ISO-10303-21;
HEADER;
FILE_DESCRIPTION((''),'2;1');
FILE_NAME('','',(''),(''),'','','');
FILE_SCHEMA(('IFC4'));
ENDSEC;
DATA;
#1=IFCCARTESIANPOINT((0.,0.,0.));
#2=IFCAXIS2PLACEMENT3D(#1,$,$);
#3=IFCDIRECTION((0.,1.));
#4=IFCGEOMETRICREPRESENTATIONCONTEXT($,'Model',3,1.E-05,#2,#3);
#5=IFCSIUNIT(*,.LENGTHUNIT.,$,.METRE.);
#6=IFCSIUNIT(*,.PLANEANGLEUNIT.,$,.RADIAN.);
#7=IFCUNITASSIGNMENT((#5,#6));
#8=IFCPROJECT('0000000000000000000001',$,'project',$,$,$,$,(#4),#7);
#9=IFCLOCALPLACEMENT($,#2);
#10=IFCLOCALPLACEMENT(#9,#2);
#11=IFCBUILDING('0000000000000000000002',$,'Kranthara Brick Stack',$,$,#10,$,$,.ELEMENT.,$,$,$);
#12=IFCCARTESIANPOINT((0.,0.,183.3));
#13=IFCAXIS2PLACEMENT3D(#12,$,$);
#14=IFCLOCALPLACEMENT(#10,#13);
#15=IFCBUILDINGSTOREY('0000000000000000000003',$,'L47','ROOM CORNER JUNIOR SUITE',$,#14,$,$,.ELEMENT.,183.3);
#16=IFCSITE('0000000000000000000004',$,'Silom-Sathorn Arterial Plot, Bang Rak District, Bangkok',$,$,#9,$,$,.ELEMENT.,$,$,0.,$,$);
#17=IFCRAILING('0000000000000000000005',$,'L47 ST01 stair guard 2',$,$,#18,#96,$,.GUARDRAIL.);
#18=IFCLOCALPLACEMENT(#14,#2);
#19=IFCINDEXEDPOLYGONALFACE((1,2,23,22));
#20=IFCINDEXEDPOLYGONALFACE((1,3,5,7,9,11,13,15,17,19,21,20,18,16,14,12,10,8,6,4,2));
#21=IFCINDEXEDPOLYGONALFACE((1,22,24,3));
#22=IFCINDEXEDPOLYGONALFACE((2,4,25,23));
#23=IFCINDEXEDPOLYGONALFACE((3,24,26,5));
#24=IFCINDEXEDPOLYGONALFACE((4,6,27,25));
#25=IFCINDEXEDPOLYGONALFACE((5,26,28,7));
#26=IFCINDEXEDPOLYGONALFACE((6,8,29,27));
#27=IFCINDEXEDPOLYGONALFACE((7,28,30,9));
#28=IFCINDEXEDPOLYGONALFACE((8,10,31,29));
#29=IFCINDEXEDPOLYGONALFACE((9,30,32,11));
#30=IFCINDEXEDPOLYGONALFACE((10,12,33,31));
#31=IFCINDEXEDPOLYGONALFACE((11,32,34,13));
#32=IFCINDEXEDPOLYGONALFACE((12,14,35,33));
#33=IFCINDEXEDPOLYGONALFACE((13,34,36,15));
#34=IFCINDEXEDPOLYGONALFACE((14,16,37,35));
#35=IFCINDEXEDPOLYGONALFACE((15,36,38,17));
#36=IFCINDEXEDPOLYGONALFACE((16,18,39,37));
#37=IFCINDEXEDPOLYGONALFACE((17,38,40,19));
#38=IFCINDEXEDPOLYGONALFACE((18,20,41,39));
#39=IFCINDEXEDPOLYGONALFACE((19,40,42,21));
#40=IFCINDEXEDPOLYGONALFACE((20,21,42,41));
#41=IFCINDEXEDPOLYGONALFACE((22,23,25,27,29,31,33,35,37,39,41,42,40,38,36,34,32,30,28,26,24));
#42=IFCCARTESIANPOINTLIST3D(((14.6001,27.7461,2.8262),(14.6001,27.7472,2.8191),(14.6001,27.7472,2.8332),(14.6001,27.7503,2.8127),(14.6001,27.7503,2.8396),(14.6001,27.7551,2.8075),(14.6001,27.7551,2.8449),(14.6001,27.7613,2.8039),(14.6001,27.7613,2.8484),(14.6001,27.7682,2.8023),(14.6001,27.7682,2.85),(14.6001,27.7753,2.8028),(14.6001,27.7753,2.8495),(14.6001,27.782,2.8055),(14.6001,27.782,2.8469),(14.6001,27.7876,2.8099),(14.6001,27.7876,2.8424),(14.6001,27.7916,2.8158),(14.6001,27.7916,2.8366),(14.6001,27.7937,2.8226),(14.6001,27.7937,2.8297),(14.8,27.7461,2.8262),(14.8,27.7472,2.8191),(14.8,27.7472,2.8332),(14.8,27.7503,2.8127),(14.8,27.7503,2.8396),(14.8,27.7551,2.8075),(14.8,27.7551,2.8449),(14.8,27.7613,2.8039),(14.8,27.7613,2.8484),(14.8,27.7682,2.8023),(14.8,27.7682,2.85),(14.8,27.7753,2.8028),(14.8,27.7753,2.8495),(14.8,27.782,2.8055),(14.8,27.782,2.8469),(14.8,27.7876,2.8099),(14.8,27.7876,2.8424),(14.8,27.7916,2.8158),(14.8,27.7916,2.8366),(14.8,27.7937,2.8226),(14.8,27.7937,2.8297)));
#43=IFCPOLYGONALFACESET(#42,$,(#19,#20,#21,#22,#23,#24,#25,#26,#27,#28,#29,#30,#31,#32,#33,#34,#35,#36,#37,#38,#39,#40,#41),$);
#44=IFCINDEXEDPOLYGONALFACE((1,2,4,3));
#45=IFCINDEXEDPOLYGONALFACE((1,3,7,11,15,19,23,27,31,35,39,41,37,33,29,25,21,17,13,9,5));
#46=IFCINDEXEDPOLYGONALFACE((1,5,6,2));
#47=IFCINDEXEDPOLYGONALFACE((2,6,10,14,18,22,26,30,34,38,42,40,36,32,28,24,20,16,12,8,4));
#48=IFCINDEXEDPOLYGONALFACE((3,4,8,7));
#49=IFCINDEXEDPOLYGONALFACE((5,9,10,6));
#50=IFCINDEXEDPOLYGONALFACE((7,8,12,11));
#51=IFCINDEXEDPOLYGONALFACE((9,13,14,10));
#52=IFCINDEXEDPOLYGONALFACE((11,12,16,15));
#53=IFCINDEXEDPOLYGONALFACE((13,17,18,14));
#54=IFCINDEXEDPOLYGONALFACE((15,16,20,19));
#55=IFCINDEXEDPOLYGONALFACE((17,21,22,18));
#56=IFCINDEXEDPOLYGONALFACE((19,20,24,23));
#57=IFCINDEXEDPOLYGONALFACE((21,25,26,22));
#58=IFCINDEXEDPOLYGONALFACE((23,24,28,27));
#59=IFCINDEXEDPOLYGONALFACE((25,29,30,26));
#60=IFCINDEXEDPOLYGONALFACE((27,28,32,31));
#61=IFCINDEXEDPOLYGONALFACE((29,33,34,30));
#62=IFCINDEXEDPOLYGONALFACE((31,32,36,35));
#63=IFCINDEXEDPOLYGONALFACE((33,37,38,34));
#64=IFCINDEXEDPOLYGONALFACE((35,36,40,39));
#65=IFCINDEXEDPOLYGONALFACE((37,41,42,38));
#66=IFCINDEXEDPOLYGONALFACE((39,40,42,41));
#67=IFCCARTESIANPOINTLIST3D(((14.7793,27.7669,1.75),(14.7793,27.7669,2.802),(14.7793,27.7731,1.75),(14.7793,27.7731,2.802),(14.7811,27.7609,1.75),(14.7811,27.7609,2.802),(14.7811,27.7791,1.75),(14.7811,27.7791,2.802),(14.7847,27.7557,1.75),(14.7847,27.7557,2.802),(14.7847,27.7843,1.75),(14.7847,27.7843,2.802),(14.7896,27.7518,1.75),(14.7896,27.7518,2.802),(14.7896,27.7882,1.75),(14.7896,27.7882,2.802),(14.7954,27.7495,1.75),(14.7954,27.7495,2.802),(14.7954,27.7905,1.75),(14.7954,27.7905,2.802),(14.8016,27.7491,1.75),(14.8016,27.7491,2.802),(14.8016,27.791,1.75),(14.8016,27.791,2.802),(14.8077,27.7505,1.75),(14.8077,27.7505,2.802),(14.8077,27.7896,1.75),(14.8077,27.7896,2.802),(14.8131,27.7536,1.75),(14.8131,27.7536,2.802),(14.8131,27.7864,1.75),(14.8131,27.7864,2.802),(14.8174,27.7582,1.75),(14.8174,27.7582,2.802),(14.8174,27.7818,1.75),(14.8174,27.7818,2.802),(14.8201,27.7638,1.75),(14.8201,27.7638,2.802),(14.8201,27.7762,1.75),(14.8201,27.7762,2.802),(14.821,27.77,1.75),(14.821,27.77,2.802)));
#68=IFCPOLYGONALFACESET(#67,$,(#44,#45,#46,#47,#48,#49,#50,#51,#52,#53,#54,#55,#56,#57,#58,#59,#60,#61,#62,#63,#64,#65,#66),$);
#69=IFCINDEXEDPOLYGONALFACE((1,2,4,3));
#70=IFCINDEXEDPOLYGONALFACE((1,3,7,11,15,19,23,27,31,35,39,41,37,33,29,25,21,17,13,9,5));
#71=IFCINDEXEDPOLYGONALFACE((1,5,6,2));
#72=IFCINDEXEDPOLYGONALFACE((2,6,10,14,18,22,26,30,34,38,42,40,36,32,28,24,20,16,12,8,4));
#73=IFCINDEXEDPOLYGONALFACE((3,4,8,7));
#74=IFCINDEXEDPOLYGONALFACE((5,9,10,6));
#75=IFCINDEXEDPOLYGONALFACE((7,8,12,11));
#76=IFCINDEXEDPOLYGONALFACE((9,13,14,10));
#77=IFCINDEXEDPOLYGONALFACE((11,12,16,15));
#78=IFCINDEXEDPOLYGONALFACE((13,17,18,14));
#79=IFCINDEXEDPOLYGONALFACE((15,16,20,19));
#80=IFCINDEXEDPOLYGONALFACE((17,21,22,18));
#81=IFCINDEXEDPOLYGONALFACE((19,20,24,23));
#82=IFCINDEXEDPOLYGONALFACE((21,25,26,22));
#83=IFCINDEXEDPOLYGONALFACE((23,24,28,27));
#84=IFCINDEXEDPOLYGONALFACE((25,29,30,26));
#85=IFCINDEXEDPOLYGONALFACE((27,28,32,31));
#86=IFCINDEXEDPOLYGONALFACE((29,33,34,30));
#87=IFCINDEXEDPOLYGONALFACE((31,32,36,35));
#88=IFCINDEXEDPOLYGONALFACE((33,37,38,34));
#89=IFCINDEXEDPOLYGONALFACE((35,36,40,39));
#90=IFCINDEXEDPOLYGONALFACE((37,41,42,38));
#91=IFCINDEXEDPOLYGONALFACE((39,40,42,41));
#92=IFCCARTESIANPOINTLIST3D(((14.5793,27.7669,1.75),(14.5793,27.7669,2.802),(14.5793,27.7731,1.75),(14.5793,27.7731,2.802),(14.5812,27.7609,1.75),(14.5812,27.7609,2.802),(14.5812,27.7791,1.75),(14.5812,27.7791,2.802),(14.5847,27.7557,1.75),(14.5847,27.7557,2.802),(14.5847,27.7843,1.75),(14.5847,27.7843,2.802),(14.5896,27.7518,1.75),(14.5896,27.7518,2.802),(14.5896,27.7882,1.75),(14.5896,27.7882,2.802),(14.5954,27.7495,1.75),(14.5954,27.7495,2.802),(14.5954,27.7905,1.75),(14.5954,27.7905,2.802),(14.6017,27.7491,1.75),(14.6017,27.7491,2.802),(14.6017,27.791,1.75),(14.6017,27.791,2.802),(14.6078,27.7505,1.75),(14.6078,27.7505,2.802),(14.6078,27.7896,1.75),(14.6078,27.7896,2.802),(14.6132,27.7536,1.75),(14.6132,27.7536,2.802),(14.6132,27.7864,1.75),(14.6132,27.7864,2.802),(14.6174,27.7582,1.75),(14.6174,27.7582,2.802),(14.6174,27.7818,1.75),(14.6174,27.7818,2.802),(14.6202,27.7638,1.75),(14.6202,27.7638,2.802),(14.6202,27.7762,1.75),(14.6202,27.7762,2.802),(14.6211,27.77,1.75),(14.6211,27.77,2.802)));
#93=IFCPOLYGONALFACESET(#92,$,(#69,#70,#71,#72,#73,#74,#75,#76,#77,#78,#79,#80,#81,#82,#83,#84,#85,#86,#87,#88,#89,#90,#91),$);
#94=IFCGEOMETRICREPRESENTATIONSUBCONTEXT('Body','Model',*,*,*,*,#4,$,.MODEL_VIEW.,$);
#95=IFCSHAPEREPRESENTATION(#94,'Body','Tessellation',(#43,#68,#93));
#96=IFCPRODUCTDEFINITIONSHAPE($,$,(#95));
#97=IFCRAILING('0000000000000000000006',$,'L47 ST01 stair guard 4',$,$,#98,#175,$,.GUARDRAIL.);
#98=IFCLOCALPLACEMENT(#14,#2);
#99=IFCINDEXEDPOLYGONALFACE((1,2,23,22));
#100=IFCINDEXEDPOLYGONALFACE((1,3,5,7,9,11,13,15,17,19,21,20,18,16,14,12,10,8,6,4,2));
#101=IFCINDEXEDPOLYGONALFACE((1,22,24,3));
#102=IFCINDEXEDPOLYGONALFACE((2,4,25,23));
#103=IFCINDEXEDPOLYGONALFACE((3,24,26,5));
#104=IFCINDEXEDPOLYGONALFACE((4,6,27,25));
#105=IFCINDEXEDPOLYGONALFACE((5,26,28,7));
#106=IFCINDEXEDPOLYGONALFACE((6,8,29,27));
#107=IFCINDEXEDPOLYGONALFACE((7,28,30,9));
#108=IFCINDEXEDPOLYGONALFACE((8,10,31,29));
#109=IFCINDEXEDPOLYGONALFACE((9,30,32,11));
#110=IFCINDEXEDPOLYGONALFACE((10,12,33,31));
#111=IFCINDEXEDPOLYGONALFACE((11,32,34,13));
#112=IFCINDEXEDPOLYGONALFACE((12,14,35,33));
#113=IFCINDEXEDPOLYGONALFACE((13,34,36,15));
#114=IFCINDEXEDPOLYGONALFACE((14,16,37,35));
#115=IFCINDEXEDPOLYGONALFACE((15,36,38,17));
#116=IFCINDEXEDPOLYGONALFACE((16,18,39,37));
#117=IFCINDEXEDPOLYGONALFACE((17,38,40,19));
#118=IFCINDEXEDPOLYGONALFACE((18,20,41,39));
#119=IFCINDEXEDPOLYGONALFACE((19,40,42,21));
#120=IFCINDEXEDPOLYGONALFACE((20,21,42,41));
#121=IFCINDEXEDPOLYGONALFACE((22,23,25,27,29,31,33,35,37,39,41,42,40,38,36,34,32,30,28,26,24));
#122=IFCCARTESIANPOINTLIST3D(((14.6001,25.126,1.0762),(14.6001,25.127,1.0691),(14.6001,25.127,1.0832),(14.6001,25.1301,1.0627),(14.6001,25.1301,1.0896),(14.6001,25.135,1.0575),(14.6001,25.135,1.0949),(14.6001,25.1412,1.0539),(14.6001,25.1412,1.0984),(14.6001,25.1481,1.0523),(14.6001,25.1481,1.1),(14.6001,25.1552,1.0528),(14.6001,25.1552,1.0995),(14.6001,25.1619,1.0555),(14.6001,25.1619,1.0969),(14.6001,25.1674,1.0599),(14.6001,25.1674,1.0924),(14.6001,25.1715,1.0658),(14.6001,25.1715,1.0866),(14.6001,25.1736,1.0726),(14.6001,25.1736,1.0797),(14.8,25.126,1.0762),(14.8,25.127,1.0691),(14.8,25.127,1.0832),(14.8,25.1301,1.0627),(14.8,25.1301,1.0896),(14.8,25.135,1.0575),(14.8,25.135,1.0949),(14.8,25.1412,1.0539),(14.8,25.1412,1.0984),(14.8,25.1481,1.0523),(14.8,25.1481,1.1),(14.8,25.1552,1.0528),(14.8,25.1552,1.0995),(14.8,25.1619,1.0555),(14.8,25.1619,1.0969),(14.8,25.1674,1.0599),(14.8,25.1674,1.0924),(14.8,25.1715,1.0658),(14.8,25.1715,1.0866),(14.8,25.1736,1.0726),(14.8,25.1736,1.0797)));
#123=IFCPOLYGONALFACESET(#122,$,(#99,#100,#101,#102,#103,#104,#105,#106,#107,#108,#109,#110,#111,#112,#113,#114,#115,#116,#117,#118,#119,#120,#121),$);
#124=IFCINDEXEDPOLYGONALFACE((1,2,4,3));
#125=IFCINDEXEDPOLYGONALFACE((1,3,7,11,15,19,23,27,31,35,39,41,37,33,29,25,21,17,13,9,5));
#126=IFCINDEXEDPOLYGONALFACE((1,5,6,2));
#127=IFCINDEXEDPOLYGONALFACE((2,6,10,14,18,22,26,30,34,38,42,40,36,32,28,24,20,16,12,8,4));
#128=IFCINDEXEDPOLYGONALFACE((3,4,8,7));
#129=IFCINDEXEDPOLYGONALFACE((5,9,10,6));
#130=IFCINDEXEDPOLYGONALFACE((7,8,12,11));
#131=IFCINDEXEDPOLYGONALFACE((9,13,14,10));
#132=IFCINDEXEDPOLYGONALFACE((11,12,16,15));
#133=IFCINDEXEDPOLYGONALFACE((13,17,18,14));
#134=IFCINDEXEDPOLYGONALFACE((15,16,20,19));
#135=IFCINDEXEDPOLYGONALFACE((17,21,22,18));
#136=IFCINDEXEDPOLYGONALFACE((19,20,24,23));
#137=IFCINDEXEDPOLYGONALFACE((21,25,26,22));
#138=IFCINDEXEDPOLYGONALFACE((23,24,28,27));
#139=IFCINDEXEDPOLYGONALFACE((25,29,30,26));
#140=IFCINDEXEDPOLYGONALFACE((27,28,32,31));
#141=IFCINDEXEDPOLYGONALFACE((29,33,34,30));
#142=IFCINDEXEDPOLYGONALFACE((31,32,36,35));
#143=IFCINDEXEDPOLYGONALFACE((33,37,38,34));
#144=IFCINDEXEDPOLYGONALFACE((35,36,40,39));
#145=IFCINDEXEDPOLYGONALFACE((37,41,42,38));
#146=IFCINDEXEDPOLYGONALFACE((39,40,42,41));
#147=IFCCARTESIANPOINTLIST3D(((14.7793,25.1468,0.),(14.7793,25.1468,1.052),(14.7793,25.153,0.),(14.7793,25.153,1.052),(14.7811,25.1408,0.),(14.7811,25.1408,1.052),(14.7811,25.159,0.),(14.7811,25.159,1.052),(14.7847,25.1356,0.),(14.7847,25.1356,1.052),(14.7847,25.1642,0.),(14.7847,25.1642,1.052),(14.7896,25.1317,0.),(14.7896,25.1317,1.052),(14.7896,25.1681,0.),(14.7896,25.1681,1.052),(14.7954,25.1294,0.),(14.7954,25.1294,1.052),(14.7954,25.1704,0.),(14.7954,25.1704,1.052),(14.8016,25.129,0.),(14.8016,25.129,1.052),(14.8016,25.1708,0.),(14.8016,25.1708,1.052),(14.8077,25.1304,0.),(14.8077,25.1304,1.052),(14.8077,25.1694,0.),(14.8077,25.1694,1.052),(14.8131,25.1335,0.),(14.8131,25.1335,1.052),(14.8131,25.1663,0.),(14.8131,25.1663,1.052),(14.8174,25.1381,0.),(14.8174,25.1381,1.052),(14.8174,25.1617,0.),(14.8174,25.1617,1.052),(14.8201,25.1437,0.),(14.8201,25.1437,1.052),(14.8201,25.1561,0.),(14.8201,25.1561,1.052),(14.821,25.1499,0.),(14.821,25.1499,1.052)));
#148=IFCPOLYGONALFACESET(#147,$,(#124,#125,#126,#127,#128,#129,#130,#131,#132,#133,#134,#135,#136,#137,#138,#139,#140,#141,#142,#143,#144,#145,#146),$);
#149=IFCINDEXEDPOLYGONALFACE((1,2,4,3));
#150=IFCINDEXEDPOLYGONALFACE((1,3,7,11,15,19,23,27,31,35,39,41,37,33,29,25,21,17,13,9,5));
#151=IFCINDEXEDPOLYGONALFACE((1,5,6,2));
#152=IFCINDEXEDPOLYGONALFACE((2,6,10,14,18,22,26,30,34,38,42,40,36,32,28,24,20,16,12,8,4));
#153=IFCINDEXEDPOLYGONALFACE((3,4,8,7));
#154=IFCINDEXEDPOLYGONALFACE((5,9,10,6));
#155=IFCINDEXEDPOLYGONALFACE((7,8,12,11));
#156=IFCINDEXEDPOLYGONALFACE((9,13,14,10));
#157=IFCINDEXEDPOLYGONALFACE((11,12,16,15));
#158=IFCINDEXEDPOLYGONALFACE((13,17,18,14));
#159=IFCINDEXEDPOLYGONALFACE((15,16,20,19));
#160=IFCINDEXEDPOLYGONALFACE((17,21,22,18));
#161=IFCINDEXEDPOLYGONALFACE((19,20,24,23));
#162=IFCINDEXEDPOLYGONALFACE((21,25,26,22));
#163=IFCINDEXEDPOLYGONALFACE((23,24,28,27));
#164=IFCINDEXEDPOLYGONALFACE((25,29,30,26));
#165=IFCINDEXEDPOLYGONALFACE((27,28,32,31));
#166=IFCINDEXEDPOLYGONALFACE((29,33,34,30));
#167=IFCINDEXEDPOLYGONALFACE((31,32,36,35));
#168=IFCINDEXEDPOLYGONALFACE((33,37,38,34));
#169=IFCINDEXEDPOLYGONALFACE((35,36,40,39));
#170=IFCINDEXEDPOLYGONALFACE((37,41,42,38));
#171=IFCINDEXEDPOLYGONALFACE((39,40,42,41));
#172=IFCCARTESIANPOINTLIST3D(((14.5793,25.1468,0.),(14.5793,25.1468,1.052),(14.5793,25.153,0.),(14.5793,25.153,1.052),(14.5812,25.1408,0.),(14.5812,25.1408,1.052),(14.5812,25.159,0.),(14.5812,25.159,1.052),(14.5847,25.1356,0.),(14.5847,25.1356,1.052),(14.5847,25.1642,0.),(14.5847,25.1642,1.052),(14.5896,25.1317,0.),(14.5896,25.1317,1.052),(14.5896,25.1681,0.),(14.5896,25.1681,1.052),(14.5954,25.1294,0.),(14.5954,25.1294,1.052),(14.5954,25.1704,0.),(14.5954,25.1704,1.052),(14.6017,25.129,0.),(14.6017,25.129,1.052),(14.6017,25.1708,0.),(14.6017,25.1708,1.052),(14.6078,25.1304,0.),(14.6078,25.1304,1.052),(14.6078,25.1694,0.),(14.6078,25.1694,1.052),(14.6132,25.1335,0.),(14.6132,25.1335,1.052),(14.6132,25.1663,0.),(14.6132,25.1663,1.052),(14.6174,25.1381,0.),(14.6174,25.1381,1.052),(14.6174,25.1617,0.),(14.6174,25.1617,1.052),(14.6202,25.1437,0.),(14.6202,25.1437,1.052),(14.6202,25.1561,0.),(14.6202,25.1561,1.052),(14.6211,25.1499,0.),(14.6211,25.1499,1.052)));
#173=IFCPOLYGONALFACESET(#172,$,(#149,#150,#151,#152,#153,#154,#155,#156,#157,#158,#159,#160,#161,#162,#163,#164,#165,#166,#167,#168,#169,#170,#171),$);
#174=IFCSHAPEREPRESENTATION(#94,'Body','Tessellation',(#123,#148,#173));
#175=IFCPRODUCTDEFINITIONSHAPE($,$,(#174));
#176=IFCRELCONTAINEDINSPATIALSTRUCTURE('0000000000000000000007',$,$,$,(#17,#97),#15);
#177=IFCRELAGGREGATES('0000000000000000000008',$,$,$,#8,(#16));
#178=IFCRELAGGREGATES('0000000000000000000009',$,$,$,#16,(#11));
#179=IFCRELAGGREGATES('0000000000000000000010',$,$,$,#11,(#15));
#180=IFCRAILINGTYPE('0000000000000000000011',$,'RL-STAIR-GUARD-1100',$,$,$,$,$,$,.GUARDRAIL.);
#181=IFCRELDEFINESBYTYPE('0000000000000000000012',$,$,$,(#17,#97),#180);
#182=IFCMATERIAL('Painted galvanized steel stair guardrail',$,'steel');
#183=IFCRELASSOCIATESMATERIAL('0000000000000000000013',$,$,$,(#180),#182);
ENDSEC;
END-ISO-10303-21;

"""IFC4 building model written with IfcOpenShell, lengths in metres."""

from ifc_helpers import new_model, si_unit, direction, frame, origin, origin_2d, place, context, subcontext, project, spatial, circle, extrude, material, type_object, element, save


model = new_model("IFC4")

# Units and contexts
model_context = context("Model", 3, precision=1e-05, world=origin(), true_north=direction((0.0, 1.0)))
body_context = subcontext(model_context, "Body", "Model", "MODEL_VIEW")
ifc_project = project(units=[si_unit("LENGTHUNIT", "METRE"), si_unit("PLANEANGLEUNIT", "RADIAN")], contexts=[model_context])

# Site, building, storey
site_placement = place(None, origin())
site = spatial("IfcSite", under=ifc_project, at=site_placement, Name="Silom-Sathorn Arterial Plot, Bang Rak District, Bangkok", CompositionType="ELEMENT", RefElevation=0.0)
building_placement = place(site_placement, origin())
building = spatial("IfcBuilding", under=site, at=building_placement, Name="Kranthara Brick Stack", CompositionType="ELEMENT")
storey_placement = place(building_placement, frame((0.0, 0.0, 183.3)))
storey = spatial("IfcBuildingStorey", under=building, at=storey_placement, Name="L47", Description="ROOM CORNER JUNIOR SUITE", CompositionType="ELEMENT", Elevation=183.3)

# Railings
ifc_material_1 = material(Name="Painted galvanized steel stair guardrail", Category="steel")
railing_type_1 = type_object("IfcRailingType", Name="RL-STAIR-GUARD-1100", PredefinedType="GUARDRAIL", material=ifc_material_1)
for number, where, name in (
    (1, (14.8, 27.77, 1.75), "L47 ST01 stair guard 2"),
    (2, (14.8, 25.1499, 0.0), "L47 ST01 stair guard 4"),
):
    element("IfcRailing", number, at=place(storey_placement, frame(where)), inside=storey, type_object=railing_type_1, Name=name, PredefinedType="GUARDRAIL", context=body_context, shape_type="SweptSolid", body=[
        extrude(circle(Radius=0.0239, at=origin_2d()), frame((0.0, 0.0, 1.0762), z_axis=(-1.0, 0.0, 0.0), x_axis=(0.0, -1.0, 0.0)), (0.0, 0.0, 1.0), 0.2),
        extrude(circle(Radius=0.021, at=origin_2d()), origin(), (0.0, 0.0, 1.0), 1.052),
        extrude(circle(Radius=0.021, at=origin_2d()), frame((-0.2, 0.0, 0.0)), (0.0, 0.0, 1.0), 1.052),
    ])

save(model, "model.ifc")
